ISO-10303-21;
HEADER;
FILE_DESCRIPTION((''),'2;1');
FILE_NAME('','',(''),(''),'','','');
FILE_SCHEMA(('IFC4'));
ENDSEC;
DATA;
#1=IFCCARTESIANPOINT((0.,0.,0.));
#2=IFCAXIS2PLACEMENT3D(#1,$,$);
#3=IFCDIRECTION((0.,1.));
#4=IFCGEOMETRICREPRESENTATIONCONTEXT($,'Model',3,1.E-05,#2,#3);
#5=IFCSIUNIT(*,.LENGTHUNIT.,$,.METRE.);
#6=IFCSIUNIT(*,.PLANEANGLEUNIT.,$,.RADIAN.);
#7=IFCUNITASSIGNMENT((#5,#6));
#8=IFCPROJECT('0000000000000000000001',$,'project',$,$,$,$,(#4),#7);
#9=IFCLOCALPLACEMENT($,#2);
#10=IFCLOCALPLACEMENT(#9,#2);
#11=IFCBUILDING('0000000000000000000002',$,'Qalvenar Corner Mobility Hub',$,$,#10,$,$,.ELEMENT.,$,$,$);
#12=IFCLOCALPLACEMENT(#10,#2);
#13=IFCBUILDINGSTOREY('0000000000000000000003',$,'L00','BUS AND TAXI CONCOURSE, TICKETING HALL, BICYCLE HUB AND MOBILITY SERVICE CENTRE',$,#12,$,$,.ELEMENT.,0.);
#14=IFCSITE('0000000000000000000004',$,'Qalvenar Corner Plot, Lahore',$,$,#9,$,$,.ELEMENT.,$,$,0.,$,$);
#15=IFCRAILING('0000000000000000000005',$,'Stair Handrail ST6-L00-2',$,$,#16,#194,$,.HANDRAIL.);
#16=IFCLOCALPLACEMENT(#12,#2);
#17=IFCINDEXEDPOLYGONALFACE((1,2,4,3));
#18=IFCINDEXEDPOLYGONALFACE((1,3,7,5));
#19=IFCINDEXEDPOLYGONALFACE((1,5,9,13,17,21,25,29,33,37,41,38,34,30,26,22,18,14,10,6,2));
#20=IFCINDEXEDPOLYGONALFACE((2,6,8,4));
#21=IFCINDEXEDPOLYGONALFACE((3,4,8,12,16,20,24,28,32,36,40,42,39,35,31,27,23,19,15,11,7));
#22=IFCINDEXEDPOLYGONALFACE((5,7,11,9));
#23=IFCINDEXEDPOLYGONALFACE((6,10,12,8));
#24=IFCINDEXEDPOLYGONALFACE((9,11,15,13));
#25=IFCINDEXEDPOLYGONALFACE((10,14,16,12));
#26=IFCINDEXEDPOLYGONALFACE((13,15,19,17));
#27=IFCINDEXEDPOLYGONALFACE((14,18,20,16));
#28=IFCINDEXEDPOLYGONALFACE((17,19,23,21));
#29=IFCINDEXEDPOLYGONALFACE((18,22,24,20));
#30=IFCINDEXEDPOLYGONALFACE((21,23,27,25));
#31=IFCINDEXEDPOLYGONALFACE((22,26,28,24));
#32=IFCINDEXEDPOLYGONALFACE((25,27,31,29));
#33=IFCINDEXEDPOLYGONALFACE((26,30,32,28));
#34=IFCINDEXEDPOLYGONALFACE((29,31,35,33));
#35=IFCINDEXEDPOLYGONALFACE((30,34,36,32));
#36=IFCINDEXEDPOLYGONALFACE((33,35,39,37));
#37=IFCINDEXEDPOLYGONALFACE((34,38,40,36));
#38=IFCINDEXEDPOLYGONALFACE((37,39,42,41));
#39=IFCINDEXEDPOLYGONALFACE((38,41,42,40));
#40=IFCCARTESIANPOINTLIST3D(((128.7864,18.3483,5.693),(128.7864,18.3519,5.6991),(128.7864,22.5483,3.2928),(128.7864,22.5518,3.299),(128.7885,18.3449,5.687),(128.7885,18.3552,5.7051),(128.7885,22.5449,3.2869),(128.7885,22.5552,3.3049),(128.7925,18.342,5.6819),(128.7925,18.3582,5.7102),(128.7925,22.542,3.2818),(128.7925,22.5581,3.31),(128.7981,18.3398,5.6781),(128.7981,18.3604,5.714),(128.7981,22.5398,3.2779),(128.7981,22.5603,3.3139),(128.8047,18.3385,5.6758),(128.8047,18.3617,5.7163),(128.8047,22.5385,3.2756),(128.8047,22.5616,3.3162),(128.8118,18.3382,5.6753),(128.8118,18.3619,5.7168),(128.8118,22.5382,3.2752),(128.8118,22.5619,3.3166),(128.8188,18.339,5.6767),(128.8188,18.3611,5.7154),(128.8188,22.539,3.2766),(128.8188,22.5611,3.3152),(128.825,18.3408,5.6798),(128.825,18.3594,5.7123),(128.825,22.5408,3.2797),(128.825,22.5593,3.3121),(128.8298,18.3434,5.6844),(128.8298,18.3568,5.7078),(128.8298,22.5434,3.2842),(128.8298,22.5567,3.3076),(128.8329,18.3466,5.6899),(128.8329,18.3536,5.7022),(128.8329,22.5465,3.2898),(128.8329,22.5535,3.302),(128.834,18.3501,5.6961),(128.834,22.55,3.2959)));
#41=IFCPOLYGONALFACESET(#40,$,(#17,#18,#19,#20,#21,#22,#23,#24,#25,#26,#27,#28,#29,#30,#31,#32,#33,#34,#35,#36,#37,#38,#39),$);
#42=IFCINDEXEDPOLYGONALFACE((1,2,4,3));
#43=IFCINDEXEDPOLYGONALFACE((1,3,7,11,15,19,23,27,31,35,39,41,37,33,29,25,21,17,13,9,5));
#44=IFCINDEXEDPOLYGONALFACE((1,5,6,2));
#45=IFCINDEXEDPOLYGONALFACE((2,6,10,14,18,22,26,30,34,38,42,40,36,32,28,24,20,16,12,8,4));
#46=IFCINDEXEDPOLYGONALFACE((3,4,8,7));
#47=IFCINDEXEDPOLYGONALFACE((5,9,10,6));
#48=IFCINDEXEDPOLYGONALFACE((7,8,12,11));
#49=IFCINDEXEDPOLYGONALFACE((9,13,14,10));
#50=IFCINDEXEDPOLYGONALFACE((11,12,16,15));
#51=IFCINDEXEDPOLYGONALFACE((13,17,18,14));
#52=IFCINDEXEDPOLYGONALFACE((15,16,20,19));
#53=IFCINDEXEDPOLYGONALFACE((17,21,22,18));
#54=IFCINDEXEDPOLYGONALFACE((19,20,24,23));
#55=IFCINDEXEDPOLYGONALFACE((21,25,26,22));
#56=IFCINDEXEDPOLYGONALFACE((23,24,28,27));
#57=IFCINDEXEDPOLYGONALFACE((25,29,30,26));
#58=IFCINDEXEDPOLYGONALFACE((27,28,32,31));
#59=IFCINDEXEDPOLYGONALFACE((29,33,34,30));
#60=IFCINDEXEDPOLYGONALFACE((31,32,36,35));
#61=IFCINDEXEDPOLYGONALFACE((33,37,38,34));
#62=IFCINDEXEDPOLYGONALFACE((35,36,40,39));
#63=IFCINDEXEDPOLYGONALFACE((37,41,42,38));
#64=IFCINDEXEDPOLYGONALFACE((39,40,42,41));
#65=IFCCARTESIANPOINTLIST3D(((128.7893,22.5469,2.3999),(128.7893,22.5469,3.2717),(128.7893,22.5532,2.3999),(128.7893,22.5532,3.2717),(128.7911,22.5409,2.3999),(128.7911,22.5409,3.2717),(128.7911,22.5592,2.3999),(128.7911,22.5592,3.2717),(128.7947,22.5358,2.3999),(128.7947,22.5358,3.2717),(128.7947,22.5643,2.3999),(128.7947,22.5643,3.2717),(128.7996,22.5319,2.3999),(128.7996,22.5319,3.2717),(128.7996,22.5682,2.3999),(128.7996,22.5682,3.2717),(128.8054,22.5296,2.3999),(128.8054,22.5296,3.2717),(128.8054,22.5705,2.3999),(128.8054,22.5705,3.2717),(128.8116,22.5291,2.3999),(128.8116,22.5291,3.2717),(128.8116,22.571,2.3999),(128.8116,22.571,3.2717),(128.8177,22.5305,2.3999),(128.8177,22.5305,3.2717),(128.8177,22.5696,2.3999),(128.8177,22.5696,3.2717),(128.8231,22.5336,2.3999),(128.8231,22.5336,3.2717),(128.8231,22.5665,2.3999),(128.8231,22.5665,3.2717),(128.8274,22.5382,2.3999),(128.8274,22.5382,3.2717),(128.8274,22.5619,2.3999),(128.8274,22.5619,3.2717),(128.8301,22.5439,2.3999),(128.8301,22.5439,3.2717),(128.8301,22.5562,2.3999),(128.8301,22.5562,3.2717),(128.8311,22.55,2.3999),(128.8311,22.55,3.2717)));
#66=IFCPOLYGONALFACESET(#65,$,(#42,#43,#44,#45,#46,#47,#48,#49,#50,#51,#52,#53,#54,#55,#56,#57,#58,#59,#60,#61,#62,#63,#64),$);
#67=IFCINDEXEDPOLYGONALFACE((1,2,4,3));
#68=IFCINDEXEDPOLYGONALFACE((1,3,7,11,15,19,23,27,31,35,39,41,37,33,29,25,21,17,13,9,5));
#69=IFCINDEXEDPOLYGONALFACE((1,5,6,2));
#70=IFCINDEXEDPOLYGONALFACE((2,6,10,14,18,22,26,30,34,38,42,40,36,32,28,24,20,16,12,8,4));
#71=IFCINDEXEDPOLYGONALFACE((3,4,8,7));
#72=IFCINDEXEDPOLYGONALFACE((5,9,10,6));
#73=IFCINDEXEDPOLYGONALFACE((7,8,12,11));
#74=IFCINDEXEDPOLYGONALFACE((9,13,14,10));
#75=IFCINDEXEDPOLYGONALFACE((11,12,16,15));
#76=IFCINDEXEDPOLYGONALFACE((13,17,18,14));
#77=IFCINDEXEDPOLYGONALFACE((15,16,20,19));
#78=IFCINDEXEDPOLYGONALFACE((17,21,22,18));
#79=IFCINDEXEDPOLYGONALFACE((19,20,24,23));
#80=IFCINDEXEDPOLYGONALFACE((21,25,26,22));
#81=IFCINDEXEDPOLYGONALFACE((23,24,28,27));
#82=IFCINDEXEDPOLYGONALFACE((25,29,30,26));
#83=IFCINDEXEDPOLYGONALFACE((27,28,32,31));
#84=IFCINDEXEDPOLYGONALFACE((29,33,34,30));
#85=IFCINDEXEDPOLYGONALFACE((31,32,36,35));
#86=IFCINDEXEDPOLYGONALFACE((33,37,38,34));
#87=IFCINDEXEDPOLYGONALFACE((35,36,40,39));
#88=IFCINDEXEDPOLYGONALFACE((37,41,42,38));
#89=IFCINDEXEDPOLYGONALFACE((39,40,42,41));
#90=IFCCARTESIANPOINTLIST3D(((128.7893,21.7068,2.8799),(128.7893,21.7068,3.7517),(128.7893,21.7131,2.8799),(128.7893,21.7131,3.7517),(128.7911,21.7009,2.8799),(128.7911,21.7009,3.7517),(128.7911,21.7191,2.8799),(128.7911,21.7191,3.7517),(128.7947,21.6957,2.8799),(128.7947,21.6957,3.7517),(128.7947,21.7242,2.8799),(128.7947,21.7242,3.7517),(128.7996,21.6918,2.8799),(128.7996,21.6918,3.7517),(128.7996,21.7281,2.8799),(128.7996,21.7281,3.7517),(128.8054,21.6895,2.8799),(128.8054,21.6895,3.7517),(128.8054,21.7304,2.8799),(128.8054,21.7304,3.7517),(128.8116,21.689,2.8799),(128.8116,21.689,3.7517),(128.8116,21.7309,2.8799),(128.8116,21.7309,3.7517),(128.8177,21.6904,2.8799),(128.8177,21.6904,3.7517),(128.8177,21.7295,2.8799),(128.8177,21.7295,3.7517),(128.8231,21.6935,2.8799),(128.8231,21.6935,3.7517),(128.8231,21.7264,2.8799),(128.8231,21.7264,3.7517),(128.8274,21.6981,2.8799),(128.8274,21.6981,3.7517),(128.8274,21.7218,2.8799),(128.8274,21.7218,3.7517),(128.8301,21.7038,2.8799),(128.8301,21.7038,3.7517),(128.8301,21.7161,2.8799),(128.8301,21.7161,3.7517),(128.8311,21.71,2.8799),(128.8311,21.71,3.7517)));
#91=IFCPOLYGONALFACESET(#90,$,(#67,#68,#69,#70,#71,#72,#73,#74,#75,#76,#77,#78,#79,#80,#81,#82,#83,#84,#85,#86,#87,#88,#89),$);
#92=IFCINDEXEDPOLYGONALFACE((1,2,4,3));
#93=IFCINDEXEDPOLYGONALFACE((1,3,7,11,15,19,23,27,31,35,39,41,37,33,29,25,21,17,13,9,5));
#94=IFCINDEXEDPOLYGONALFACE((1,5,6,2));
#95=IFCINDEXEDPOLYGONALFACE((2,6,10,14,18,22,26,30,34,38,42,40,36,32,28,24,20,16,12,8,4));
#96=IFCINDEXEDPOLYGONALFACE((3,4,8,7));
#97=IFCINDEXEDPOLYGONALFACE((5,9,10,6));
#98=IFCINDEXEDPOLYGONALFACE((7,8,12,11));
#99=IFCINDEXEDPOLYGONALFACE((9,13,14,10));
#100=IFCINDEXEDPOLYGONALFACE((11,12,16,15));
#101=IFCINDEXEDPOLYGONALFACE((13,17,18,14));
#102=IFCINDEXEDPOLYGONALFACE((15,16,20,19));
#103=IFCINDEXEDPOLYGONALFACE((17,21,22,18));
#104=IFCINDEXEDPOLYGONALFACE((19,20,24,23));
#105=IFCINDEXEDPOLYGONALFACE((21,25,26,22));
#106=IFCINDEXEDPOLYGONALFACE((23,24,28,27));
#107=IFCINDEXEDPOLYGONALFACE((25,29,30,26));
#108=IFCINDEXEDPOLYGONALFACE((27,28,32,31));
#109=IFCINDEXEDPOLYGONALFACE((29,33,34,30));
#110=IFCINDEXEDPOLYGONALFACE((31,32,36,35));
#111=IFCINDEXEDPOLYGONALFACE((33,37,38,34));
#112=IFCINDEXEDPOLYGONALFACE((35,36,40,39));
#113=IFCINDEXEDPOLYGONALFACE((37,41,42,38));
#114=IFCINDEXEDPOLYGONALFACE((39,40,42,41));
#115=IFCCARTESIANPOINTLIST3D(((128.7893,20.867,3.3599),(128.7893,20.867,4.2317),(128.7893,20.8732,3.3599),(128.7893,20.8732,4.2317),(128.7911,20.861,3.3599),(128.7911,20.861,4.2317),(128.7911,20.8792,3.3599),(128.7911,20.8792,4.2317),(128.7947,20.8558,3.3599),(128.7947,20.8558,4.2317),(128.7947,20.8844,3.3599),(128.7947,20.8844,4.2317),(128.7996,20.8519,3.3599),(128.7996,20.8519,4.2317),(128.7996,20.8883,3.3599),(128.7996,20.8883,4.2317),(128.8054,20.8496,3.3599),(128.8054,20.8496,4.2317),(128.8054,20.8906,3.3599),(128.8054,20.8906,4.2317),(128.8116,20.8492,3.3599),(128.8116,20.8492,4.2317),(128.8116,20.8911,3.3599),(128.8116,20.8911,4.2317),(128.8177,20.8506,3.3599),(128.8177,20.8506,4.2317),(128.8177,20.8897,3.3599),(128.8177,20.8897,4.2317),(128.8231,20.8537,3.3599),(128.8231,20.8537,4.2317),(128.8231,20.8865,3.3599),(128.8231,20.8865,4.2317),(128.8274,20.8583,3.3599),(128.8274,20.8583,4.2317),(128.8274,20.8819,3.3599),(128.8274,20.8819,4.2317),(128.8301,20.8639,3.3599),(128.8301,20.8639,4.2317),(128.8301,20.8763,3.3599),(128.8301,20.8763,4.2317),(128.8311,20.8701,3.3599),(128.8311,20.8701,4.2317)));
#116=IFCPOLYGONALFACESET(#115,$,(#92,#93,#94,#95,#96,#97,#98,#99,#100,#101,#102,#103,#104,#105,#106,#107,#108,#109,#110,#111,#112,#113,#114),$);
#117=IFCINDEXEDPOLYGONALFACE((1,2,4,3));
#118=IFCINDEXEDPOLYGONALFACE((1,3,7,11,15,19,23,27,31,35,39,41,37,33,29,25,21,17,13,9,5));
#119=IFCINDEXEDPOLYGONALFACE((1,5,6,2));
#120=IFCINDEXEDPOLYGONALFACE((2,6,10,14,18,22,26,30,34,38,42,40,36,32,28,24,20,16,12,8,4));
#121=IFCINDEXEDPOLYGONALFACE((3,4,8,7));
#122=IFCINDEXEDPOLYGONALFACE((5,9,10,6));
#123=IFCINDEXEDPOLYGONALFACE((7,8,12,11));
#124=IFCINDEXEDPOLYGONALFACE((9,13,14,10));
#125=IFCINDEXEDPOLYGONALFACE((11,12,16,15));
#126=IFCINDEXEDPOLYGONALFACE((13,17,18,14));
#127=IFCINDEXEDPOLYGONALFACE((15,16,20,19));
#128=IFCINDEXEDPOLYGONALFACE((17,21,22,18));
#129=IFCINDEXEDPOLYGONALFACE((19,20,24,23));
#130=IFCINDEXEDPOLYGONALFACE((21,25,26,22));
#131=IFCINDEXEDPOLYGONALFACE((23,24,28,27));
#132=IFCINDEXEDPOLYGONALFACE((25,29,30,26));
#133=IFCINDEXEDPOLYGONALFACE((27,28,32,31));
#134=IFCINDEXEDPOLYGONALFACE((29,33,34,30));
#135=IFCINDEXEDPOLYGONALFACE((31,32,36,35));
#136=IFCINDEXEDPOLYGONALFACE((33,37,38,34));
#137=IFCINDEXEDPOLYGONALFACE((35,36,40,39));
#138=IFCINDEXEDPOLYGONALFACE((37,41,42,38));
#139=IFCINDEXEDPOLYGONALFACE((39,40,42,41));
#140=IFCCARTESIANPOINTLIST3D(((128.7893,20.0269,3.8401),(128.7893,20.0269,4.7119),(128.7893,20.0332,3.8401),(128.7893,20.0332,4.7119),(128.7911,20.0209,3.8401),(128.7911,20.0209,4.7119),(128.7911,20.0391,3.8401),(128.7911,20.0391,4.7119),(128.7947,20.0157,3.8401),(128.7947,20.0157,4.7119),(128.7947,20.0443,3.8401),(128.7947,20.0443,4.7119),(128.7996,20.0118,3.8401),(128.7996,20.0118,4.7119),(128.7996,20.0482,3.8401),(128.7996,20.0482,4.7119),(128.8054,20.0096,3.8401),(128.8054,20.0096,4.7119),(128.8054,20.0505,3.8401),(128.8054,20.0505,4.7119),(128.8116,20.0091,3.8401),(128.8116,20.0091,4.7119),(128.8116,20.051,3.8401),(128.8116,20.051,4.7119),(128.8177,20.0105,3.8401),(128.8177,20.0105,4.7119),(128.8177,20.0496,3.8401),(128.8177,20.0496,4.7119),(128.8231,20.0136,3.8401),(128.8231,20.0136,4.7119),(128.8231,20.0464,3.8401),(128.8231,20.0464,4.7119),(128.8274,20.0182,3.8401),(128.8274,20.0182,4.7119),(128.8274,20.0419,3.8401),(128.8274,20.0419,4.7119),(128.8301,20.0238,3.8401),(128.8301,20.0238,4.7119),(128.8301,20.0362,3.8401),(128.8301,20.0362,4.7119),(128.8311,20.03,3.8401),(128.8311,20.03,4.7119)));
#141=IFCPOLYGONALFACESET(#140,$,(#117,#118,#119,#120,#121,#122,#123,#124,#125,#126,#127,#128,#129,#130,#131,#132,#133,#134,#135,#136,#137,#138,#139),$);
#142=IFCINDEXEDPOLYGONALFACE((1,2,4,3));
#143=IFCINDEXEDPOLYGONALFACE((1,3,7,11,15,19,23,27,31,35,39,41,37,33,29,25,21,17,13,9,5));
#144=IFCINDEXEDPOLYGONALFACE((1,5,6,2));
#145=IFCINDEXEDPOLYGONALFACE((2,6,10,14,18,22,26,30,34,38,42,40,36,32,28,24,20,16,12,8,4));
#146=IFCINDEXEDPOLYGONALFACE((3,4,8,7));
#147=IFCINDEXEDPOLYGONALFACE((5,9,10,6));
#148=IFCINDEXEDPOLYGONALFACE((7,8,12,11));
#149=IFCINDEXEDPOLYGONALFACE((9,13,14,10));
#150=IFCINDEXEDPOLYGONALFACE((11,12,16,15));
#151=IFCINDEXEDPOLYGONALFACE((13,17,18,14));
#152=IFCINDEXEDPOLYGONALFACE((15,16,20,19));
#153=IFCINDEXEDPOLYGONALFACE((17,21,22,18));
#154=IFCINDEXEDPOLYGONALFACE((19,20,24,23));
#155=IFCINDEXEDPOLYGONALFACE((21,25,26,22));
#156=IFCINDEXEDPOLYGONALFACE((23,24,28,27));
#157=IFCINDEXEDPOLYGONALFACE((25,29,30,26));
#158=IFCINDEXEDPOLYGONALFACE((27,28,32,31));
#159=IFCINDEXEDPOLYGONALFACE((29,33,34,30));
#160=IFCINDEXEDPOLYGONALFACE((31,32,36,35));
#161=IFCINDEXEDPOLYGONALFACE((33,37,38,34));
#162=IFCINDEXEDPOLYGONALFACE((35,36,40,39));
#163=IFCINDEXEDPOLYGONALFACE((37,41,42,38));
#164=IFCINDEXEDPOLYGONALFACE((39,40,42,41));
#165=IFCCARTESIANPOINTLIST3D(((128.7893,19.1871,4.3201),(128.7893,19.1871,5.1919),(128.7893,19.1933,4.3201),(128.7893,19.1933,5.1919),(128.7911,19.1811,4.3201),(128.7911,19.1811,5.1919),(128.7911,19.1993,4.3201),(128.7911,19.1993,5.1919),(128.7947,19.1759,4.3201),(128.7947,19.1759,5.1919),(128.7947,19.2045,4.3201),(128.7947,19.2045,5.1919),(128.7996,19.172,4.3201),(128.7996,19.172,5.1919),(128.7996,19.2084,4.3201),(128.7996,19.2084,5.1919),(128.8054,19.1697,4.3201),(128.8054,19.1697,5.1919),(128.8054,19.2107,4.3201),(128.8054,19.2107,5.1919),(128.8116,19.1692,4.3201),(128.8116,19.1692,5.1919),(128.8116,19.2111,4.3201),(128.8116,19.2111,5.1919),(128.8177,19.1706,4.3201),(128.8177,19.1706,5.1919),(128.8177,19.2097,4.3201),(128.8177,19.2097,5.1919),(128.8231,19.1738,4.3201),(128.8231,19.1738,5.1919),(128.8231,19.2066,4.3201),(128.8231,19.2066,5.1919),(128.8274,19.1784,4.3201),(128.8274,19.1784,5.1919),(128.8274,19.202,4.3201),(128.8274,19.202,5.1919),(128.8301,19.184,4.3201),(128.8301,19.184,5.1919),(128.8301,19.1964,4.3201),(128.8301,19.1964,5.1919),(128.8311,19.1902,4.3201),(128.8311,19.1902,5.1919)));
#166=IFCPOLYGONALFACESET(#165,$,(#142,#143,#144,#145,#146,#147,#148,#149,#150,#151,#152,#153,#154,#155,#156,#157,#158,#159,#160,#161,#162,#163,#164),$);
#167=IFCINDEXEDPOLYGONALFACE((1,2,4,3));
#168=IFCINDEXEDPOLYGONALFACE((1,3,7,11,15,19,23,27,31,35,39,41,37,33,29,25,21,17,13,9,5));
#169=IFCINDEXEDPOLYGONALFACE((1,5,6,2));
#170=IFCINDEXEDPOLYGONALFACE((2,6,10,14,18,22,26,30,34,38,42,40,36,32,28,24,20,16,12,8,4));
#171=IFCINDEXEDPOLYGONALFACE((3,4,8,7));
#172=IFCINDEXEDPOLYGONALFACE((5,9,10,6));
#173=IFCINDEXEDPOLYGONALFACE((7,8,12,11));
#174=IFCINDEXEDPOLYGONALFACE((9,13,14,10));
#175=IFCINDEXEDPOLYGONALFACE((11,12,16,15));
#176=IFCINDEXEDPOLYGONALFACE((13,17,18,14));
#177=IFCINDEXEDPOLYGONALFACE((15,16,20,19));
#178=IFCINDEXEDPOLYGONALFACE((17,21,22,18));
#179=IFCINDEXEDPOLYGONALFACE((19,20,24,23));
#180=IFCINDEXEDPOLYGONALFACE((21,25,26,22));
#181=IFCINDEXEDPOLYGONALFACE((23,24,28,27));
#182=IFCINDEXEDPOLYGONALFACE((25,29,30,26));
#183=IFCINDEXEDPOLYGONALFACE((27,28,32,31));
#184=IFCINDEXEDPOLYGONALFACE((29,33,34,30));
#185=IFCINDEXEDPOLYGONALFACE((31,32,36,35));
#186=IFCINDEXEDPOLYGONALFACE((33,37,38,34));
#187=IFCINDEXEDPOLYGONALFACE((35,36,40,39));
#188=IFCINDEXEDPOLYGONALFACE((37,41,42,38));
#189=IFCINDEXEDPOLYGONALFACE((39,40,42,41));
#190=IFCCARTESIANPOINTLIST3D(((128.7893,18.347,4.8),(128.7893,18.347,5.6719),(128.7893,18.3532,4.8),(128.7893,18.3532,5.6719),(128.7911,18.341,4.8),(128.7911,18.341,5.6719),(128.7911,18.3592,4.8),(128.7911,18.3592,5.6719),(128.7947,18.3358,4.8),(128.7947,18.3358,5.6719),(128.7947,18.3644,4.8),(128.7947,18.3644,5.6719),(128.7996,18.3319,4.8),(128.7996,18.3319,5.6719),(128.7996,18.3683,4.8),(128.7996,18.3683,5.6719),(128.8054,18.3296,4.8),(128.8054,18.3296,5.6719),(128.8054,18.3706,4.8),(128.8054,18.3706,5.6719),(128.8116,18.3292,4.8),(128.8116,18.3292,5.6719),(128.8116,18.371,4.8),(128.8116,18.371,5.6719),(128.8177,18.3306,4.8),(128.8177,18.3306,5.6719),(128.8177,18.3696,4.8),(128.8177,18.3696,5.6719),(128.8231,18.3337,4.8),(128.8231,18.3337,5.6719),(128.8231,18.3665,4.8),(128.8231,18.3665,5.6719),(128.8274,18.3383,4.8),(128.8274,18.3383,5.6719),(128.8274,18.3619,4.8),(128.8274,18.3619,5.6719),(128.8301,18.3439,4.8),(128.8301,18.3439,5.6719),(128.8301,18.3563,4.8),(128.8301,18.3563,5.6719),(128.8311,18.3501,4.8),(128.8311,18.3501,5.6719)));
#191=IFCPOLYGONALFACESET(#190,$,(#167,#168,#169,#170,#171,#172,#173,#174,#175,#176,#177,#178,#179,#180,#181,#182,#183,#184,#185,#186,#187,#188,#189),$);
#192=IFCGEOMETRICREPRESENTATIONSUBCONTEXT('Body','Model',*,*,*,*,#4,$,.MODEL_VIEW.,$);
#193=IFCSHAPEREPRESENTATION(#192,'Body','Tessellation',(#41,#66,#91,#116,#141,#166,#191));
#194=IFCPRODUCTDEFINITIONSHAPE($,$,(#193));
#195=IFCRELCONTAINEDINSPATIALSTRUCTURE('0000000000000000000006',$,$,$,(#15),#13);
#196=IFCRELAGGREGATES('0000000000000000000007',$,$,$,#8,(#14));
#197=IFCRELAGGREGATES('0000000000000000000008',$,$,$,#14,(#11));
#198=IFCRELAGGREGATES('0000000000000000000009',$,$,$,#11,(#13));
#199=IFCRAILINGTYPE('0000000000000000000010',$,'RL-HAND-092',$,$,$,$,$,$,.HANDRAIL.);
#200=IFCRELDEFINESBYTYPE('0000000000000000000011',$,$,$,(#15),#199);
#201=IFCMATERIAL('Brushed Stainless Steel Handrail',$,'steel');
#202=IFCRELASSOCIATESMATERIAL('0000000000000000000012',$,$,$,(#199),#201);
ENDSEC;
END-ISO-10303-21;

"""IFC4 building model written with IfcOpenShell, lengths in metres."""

from ifc_helpers import new_model, si_unit, direction, frame, origin, origin_2d, place, context, subcontext, project, spatial, circle, extrude, material, type_object, element, save


model = new_model("IFC4")

# Units and contexts
model_context = context("Model", 3, precision=1e-05, world=origin(), true_north=direction((0.0, 1.0)))
body_context = subcontext(model_context, "Body", "Model", "MODEL_VIEW")
ifc_project = project(units=[si_unit("LENGTHUNIT", "METRE"), si_unit("PLANEANGLEUNIT", "RADIAN")], contexts=[model_context])

# Site, building, storey
site_placement = place(None, origin())
site = spatial("IfcSite", under=ifc_project, at=site_placement, Name="Qalvenar Corner Plot, Lahore", CompositionType="ELEMENT", RefElevation=0.0)
building_placement = place(site_placement, origin())
building = spatial("IfcBuilding", under=site, at=building_placement, Name="Qalvenar Corner Mobility Hub", CompositionType="ELEMENT")
storey_placement = place(building_placement, origin())
storey = spatial("IfcBuildingStorey", under=building, at=storey_placement, Name="L00", Description="BUS AND TAXI CONCOURSE, TICKETING HALL, BICYCLE HUB AND MOBILITY SERVICE CENTRE", CompositionType="ELEMENT", Elevation=0.0)

# Railing
ifc_material_1 = material(Name="Brushed Stainless Steel Handrail", Category="steel")
railing_type_1 = type_object("IfcRailingType", Name="RL-HAND-092", PredefinedType="HANDRAIL", material=ifc_material_1)
railing_1_placement = place(storey_placement, frame((128.8101, 22.55, 2.3999)))
element("IfcRailing", 1, at=railing_1_placement, inside=storey, type_object=railing_type_1, Name="Stair Handrail ST6-L00-2", PredefinedType="HANDRAIL", context=body_context, shape_type="SweptSolid", body=[
    extrude(circle(Radius=0.0239, at=origin_2d()), frame((0.0, 0.0, 0.896), z_axis=(0.0, -0.868228, 0.496166), x_axis=(1.0, 0.0, 0.0)), (0.0, 0.0, 1.0), 4.8374),
    extrude(circle(Radius=0.021, at=origin_2d()), origin(), (0.0, 0.0, 1.0), 0.8718),
    extrude(circle(Radius=0.021, at=origin_2d()), frame((0.0, -0.8401, 0.48)), (0.0, 0.0, 1.0), 0.8718),
    extrude(circle(Radius=0.021, at=origin_2d()), frame((0.0, -1.6799, 0.96)), (0.0, 0.0, 1.0), 0.8718),
    extrude(circle(Radius=0.021, at=origin_2d()), frame((0.0, -2.52, 1.4402)), (0.0, 0.0, 1.0), 0.8718),
    extrude(circle(Radius=0.021, at=origin_2d()), frame((0.0, -3.3599, 1.9202)), (0.0, 0.0, 1.0), 0.8718),
    extrude(circle(Radius=0.021, at=origin_2d()), frame((0.0, -4.2, 2.4001)), (0.0, 0.0, 1.0), 0.8718),
])

save(model, "model.ifc")
